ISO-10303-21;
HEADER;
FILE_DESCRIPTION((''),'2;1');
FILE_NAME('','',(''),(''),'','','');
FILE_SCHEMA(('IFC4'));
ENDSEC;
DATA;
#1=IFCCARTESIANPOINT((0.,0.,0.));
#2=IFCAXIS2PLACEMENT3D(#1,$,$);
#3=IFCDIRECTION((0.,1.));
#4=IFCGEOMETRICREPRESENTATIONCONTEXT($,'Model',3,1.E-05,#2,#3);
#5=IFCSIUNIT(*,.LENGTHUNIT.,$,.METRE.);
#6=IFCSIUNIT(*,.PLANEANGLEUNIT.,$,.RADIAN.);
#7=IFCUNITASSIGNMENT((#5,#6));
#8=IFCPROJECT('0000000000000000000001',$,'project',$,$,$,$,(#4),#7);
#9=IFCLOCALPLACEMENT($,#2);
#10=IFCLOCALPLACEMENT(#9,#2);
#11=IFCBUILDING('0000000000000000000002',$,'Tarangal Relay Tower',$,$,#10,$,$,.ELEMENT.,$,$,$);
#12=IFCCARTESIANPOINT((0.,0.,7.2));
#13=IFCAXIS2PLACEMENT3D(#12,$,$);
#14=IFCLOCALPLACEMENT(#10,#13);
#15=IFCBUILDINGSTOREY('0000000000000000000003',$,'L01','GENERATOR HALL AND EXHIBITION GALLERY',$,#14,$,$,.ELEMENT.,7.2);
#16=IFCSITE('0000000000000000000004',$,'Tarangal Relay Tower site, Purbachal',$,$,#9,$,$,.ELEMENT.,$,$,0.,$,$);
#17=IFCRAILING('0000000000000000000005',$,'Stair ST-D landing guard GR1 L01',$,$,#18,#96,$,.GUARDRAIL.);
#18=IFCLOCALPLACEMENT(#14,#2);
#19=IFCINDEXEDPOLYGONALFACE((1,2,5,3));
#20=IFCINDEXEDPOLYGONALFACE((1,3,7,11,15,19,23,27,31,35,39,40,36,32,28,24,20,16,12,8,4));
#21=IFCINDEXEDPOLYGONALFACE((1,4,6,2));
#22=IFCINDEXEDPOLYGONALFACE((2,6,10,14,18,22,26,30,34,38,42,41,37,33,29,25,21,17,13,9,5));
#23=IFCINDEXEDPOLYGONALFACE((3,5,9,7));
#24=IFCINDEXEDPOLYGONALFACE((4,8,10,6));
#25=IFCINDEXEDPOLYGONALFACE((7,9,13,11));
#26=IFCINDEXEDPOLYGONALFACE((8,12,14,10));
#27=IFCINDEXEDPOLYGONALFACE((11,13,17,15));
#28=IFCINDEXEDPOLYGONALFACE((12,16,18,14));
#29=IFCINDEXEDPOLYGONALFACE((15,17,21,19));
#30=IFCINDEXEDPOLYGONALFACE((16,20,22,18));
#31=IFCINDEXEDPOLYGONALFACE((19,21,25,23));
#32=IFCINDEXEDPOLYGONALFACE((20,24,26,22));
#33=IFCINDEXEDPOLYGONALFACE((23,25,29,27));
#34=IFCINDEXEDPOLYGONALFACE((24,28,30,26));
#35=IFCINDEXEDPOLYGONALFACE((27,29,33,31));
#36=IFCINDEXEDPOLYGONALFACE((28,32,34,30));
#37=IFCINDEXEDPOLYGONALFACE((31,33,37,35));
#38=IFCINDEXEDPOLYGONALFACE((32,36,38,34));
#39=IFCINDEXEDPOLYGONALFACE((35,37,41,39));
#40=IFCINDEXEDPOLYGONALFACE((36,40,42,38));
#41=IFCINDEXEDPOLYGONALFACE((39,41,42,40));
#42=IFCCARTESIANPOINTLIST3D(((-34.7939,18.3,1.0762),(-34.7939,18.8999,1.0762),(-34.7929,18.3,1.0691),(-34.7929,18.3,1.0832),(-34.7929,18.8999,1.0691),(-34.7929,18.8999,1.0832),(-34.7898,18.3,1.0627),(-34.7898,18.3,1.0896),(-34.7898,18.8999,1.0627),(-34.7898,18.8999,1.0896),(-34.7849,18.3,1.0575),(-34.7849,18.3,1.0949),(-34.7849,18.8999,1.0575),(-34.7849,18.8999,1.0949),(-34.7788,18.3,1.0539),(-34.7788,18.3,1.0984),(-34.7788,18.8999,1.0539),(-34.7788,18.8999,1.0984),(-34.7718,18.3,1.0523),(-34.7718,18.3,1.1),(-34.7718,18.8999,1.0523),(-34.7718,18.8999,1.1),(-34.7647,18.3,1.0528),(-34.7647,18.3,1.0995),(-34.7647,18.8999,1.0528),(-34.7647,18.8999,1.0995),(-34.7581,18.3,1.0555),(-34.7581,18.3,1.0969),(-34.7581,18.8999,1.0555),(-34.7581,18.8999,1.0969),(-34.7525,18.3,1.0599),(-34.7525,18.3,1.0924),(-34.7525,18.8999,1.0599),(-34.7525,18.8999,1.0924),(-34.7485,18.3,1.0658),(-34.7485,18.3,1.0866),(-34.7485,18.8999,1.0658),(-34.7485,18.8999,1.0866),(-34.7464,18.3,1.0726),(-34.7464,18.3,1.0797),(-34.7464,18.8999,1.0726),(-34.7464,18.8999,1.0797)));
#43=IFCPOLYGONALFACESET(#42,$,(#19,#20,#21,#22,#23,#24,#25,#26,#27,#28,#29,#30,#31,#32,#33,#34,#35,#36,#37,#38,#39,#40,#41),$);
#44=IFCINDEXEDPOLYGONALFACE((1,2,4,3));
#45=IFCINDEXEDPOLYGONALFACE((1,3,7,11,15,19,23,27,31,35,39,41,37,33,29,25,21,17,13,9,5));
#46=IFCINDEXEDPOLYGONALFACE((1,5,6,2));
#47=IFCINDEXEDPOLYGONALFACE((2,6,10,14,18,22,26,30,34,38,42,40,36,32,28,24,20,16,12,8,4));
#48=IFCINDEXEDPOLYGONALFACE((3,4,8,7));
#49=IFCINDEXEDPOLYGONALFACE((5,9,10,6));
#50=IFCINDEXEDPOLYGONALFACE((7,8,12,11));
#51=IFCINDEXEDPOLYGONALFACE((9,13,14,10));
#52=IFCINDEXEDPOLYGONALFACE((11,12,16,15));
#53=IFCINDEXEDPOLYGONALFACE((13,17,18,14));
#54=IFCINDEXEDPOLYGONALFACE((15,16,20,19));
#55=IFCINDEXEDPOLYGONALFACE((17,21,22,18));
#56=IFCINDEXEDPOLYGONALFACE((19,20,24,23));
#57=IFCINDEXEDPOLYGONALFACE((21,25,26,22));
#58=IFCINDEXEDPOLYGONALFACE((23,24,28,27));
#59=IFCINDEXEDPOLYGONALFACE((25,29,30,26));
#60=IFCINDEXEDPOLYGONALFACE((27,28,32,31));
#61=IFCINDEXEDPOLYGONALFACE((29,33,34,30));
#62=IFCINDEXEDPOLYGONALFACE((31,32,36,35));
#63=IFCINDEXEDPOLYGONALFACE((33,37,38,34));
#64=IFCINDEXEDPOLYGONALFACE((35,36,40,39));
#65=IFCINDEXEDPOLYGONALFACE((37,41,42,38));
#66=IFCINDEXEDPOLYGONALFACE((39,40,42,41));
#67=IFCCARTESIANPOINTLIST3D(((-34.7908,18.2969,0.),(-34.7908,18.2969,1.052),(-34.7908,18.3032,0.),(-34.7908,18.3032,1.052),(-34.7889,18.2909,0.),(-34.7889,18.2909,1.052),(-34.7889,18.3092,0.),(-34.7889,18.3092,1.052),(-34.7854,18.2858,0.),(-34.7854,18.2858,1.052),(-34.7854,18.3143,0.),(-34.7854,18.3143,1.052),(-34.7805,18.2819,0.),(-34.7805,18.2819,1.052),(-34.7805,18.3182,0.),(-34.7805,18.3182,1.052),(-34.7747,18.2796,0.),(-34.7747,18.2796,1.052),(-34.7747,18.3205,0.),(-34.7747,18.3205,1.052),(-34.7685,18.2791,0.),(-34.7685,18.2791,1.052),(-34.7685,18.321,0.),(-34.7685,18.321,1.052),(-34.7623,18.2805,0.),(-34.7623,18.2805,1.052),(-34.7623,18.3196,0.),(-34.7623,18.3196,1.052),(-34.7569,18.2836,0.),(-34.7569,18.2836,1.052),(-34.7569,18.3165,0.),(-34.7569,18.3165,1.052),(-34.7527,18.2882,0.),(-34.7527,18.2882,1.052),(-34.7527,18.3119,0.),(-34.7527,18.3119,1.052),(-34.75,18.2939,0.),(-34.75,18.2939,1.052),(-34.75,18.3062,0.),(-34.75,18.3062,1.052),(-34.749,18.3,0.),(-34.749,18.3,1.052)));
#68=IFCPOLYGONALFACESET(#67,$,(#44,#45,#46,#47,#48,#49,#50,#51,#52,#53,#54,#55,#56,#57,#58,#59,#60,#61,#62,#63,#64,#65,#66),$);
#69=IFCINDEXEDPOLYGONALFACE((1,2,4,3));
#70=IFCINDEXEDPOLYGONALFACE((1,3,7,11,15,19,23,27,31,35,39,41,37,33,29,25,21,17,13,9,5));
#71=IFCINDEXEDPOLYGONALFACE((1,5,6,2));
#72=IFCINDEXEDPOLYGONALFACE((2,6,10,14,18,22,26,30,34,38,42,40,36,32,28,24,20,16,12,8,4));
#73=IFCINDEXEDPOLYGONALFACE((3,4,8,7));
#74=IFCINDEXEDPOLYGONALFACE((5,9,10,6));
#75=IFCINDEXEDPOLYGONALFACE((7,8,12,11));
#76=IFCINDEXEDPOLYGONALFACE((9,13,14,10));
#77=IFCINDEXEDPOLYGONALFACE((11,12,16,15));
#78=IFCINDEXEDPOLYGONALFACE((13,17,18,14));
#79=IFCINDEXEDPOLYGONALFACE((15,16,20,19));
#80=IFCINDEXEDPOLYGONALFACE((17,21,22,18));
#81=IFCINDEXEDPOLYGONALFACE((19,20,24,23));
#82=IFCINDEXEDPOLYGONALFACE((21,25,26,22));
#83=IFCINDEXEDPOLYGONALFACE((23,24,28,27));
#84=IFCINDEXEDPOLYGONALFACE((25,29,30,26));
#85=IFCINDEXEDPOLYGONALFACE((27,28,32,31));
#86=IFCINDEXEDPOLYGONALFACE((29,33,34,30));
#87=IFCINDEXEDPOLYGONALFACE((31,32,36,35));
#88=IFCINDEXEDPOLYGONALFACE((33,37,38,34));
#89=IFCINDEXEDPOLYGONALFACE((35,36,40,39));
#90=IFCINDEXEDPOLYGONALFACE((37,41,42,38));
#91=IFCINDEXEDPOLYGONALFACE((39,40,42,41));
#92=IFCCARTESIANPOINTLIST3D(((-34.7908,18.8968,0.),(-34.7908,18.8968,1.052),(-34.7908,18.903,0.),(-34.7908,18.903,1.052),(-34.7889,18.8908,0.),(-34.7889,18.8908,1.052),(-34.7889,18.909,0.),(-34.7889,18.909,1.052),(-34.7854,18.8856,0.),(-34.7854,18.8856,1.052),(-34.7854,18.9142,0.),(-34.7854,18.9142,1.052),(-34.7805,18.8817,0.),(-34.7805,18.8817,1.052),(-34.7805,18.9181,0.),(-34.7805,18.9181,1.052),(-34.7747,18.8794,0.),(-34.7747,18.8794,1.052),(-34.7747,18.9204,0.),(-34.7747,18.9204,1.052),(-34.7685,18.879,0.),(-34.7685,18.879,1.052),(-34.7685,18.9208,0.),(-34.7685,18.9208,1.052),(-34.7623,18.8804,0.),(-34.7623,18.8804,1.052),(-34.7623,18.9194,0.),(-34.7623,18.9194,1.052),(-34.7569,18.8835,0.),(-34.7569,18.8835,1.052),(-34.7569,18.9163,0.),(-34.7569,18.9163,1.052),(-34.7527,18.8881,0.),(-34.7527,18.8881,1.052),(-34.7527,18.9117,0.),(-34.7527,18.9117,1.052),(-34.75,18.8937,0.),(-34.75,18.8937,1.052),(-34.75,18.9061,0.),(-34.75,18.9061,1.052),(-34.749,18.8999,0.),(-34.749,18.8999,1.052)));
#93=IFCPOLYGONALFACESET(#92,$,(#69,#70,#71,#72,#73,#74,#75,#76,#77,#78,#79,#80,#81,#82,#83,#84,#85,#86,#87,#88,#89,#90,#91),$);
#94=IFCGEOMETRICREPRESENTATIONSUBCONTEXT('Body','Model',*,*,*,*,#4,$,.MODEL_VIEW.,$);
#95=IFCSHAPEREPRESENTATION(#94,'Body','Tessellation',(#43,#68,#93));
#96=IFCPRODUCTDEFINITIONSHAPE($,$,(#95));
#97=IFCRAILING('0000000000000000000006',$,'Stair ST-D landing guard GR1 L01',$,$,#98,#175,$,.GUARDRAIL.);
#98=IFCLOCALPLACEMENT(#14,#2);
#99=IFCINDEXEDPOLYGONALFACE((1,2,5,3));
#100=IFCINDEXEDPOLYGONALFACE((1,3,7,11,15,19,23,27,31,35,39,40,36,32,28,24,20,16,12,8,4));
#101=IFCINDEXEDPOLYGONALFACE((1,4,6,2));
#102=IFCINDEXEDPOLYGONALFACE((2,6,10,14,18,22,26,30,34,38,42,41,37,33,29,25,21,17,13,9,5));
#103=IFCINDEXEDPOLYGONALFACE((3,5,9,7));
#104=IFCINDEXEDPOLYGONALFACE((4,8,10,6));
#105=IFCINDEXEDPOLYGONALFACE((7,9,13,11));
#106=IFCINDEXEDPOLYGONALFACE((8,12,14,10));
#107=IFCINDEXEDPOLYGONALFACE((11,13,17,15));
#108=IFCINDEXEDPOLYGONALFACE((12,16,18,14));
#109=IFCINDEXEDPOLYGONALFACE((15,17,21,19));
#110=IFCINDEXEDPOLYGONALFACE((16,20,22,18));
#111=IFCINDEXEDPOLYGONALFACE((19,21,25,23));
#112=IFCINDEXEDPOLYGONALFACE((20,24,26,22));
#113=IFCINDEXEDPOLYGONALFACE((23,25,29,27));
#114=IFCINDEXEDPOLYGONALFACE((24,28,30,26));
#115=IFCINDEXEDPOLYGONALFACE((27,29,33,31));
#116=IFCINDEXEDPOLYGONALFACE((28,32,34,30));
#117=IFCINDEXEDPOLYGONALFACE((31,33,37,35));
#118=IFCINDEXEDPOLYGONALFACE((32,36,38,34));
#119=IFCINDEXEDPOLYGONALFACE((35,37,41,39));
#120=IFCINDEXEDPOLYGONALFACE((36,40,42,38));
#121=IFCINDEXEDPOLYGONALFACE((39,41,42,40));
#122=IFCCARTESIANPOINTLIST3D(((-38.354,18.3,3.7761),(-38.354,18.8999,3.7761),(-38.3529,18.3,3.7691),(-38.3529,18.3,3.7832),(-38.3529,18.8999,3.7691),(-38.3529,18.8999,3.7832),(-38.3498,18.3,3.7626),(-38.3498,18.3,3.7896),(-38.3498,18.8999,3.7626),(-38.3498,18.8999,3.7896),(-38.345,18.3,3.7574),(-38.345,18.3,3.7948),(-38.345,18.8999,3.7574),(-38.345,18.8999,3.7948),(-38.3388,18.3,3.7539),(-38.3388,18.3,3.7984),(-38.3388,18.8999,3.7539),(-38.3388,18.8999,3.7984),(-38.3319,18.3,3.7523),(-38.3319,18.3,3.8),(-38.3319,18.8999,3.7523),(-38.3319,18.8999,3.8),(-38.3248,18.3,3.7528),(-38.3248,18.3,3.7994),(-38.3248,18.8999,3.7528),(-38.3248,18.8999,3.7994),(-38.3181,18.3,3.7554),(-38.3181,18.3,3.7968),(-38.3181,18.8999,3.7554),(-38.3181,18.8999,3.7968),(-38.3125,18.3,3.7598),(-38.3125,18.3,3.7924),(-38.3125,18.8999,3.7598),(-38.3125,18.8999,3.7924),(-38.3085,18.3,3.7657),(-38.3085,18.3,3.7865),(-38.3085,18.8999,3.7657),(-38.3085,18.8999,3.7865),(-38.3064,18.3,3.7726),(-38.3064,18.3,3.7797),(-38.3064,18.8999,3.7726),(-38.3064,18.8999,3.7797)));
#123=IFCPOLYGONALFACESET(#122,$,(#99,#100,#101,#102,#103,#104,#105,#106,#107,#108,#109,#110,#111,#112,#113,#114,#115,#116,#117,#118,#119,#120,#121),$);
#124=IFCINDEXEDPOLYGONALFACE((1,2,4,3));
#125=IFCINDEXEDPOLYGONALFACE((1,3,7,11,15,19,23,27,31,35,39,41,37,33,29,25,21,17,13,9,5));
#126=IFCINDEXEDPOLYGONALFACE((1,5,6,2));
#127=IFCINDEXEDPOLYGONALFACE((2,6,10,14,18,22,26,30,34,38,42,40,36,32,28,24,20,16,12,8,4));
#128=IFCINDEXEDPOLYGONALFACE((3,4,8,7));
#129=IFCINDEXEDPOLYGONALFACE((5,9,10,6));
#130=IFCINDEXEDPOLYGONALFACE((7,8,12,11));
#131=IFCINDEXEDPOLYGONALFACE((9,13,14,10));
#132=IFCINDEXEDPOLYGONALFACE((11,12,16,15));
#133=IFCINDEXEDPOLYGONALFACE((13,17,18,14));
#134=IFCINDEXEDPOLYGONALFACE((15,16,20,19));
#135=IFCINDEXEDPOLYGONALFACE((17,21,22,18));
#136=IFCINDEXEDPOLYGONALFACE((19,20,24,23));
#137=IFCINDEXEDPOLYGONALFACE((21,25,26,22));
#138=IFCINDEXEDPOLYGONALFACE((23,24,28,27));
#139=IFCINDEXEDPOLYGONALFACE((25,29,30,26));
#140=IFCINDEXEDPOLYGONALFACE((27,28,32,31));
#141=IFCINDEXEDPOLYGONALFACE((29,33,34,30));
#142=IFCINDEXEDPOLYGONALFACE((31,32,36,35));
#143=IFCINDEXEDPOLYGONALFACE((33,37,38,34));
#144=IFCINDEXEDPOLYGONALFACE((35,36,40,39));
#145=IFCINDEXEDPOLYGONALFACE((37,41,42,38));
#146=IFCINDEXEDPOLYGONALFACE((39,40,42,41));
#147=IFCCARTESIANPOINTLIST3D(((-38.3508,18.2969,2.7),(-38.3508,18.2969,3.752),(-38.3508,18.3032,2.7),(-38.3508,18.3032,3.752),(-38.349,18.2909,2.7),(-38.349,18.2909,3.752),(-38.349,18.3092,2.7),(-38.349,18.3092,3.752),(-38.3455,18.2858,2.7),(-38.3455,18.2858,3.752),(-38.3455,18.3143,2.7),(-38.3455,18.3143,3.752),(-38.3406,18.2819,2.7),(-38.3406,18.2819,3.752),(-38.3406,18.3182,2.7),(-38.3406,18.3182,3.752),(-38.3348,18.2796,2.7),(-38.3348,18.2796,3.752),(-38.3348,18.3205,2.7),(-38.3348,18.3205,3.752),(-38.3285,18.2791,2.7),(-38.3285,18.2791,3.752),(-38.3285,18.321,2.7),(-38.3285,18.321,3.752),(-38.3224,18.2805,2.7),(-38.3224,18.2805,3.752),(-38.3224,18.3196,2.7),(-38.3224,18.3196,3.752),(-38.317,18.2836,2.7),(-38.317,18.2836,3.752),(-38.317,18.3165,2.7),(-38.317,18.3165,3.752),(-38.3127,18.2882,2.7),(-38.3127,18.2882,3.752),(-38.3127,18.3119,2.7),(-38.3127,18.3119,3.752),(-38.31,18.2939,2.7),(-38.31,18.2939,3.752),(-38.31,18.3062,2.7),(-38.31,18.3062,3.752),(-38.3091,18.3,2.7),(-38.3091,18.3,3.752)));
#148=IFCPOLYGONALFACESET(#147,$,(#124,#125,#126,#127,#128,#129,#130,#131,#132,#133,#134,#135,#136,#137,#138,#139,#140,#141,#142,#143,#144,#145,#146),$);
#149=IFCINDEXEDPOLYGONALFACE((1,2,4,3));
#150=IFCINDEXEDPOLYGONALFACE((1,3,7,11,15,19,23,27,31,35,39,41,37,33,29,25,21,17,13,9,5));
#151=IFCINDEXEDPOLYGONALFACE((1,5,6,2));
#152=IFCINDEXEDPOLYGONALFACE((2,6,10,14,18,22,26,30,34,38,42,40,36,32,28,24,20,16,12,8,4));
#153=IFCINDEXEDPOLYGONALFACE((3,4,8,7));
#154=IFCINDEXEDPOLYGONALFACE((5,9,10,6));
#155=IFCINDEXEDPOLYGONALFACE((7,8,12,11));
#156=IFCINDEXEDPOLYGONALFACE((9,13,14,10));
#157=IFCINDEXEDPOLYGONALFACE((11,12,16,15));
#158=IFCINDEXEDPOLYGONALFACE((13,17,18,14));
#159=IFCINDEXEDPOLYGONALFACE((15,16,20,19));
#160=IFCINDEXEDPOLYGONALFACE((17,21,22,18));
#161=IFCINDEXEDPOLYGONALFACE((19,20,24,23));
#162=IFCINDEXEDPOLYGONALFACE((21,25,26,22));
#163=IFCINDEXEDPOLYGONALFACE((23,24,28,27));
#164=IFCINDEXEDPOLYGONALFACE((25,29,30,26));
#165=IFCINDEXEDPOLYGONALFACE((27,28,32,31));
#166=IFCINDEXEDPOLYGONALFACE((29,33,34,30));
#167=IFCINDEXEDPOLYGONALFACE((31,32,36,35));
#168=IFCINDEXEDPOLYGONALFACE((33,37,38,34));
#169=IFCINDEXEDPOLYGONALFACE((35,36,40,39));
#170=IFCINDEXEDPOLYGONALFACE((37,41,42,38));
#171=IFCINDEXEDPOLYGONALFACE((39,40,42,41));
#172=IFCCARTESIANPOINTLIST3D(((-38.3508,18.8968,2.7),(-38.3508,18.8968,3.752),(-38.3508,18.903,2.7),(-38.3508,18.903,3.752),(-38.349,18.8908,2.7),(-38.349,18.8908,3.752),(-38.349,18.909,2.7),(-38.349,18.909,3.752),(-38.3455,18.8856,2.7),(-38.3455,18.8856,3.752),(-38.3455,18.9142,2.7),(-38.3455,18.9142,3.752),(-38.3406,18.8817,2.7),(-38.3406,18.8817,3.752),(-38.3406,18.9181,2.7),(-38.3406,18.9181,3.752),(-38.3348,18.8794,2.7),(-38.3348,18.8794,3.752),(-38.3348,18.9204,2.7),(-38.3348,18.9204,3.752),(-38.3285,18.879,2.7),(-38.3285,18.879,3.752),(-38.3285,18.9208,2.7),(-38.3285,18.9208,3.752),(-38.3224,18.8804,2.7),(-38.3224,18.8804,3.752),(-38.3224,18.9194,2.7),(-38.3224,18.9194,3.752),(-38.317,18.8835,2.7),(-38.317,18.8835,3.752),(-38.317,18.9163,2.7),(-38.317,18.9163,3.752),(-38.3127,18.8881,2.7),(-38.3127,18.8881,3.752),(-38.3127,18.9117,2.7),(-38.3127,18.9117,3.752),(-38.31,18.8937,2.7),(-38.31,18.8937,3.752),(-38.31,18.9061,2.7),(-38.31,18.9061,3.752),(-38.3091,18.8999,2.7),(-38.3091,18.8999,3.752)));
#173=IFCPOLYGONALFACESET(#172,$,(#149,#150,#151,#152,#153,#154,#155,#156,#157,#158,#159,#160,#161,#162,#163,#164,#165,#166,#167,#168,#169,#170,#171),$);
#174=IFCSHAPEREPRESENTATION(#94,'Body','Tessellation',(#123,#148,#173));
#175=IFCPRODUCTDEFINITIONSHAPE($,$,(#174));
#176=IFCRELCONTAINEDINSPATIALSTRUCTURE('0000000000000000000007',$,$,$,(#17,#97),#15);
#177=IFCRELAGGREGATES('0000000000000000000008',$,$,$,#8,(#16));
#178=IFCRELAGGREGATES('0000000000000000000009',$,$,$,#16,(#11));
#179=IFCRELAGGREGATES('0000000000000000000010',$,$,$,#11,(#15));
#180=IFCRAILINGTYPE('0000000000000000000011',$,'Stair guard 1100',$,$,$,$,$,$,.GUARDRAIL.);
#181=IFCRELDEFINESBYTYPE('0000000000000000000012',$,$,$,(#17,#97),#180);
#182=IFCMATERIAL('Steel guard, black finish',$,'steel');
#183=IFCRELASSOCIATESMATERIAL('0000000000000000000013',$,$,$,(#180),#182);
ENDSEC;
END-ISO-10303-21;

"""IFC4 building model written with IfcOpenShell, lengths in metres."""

from ifc_helpers import new_model, si_unit, direction, frame, origin, origin_2d, place, context, subcontext, project, spatial, circle, extrude, material, type_object, element, save


model = new_model("IFC4")

# Units and contexts
model_context = context("Model", 3, precision=1e-05, world=origin(), true_north=direction((0.0, 1.0)))
body_context = subcontext(model_context, "Body", "Model", "MODEL_VIEW")
ifc_project = project(units=[si_unit("LENGTHUNIT", "METRE"), si_unit("PLANEANGLEUNIT", "RADIAN")], contexts=[model_context])

# Site, building, storey
site_placement = place(None, origin())
site = spatial("IfcSite", under=ifc_project, at=site_placement, Name="Tarangal Relay Tower site, Purbachal", CompositionType="ELEMENT", RefElevation=0.0)
building_placement = place(site_placement, origin())
building = spatial("IfcBuilding", under=site, at=building_placement, Name="Tarangal Relay Tower", CompositionType="ELEMENT")
storey_placement = place(building_placement, frame((0.0, 0.0, 7.2)))
storey = spatial("IfcBuildingStorey", under=building, at=storey_placement, Name="L01", Description="GENERATOR HALL AND EXHIBITION GALLERY", CompositionType="ELEMENT", Elevation=7.2)

# Railings
ifc_material_1 = material(Name="Steel guard, black finish", Category="steel")
railing_type_1 = type_object("IfcRailingType", Name="Stair guard 1100", PredefinedType="GUARDRAIL", material=ifc_material_1)
for number, where, name in (
    (1, (-34.77, 18.3, 0.0), "Stair ST-D landing guard GR1 L01"),
    (2, (-38.3301, 18.3, 2.7), "Stair ST-D landing guard GR1 L01"),
):
    element("IfcRailing", number, at=place(storey_placement, frame(where)), inside=storey, type_object=railing_type_1, Name=name, PredefinedType="GUARDRAIL", context=body_context, shape_type="SweptSolid", body=[
        extrude(circle(Radius=0.0239, at=origin_2d()), frame((0.0, 0.0, 1.0762), z_axis=(0.0, 1.0, 0.0), x_axis=(-1.0, 0.0, 0.0)), (0.0, 0.0, 1.0), 0.5999),
        extrude(circle(Radius=0.021, at=origin_2d()), origin(), (0.0, 0.0, 1.0), 1.052),
        extrude(circle(Radius=0.021, at=origin_2d()), frame((0.0, 0.5999, 0.0)), (0.0, 0.0, 1.0), 1.052),
    ])

save(model, "model.ifc")
